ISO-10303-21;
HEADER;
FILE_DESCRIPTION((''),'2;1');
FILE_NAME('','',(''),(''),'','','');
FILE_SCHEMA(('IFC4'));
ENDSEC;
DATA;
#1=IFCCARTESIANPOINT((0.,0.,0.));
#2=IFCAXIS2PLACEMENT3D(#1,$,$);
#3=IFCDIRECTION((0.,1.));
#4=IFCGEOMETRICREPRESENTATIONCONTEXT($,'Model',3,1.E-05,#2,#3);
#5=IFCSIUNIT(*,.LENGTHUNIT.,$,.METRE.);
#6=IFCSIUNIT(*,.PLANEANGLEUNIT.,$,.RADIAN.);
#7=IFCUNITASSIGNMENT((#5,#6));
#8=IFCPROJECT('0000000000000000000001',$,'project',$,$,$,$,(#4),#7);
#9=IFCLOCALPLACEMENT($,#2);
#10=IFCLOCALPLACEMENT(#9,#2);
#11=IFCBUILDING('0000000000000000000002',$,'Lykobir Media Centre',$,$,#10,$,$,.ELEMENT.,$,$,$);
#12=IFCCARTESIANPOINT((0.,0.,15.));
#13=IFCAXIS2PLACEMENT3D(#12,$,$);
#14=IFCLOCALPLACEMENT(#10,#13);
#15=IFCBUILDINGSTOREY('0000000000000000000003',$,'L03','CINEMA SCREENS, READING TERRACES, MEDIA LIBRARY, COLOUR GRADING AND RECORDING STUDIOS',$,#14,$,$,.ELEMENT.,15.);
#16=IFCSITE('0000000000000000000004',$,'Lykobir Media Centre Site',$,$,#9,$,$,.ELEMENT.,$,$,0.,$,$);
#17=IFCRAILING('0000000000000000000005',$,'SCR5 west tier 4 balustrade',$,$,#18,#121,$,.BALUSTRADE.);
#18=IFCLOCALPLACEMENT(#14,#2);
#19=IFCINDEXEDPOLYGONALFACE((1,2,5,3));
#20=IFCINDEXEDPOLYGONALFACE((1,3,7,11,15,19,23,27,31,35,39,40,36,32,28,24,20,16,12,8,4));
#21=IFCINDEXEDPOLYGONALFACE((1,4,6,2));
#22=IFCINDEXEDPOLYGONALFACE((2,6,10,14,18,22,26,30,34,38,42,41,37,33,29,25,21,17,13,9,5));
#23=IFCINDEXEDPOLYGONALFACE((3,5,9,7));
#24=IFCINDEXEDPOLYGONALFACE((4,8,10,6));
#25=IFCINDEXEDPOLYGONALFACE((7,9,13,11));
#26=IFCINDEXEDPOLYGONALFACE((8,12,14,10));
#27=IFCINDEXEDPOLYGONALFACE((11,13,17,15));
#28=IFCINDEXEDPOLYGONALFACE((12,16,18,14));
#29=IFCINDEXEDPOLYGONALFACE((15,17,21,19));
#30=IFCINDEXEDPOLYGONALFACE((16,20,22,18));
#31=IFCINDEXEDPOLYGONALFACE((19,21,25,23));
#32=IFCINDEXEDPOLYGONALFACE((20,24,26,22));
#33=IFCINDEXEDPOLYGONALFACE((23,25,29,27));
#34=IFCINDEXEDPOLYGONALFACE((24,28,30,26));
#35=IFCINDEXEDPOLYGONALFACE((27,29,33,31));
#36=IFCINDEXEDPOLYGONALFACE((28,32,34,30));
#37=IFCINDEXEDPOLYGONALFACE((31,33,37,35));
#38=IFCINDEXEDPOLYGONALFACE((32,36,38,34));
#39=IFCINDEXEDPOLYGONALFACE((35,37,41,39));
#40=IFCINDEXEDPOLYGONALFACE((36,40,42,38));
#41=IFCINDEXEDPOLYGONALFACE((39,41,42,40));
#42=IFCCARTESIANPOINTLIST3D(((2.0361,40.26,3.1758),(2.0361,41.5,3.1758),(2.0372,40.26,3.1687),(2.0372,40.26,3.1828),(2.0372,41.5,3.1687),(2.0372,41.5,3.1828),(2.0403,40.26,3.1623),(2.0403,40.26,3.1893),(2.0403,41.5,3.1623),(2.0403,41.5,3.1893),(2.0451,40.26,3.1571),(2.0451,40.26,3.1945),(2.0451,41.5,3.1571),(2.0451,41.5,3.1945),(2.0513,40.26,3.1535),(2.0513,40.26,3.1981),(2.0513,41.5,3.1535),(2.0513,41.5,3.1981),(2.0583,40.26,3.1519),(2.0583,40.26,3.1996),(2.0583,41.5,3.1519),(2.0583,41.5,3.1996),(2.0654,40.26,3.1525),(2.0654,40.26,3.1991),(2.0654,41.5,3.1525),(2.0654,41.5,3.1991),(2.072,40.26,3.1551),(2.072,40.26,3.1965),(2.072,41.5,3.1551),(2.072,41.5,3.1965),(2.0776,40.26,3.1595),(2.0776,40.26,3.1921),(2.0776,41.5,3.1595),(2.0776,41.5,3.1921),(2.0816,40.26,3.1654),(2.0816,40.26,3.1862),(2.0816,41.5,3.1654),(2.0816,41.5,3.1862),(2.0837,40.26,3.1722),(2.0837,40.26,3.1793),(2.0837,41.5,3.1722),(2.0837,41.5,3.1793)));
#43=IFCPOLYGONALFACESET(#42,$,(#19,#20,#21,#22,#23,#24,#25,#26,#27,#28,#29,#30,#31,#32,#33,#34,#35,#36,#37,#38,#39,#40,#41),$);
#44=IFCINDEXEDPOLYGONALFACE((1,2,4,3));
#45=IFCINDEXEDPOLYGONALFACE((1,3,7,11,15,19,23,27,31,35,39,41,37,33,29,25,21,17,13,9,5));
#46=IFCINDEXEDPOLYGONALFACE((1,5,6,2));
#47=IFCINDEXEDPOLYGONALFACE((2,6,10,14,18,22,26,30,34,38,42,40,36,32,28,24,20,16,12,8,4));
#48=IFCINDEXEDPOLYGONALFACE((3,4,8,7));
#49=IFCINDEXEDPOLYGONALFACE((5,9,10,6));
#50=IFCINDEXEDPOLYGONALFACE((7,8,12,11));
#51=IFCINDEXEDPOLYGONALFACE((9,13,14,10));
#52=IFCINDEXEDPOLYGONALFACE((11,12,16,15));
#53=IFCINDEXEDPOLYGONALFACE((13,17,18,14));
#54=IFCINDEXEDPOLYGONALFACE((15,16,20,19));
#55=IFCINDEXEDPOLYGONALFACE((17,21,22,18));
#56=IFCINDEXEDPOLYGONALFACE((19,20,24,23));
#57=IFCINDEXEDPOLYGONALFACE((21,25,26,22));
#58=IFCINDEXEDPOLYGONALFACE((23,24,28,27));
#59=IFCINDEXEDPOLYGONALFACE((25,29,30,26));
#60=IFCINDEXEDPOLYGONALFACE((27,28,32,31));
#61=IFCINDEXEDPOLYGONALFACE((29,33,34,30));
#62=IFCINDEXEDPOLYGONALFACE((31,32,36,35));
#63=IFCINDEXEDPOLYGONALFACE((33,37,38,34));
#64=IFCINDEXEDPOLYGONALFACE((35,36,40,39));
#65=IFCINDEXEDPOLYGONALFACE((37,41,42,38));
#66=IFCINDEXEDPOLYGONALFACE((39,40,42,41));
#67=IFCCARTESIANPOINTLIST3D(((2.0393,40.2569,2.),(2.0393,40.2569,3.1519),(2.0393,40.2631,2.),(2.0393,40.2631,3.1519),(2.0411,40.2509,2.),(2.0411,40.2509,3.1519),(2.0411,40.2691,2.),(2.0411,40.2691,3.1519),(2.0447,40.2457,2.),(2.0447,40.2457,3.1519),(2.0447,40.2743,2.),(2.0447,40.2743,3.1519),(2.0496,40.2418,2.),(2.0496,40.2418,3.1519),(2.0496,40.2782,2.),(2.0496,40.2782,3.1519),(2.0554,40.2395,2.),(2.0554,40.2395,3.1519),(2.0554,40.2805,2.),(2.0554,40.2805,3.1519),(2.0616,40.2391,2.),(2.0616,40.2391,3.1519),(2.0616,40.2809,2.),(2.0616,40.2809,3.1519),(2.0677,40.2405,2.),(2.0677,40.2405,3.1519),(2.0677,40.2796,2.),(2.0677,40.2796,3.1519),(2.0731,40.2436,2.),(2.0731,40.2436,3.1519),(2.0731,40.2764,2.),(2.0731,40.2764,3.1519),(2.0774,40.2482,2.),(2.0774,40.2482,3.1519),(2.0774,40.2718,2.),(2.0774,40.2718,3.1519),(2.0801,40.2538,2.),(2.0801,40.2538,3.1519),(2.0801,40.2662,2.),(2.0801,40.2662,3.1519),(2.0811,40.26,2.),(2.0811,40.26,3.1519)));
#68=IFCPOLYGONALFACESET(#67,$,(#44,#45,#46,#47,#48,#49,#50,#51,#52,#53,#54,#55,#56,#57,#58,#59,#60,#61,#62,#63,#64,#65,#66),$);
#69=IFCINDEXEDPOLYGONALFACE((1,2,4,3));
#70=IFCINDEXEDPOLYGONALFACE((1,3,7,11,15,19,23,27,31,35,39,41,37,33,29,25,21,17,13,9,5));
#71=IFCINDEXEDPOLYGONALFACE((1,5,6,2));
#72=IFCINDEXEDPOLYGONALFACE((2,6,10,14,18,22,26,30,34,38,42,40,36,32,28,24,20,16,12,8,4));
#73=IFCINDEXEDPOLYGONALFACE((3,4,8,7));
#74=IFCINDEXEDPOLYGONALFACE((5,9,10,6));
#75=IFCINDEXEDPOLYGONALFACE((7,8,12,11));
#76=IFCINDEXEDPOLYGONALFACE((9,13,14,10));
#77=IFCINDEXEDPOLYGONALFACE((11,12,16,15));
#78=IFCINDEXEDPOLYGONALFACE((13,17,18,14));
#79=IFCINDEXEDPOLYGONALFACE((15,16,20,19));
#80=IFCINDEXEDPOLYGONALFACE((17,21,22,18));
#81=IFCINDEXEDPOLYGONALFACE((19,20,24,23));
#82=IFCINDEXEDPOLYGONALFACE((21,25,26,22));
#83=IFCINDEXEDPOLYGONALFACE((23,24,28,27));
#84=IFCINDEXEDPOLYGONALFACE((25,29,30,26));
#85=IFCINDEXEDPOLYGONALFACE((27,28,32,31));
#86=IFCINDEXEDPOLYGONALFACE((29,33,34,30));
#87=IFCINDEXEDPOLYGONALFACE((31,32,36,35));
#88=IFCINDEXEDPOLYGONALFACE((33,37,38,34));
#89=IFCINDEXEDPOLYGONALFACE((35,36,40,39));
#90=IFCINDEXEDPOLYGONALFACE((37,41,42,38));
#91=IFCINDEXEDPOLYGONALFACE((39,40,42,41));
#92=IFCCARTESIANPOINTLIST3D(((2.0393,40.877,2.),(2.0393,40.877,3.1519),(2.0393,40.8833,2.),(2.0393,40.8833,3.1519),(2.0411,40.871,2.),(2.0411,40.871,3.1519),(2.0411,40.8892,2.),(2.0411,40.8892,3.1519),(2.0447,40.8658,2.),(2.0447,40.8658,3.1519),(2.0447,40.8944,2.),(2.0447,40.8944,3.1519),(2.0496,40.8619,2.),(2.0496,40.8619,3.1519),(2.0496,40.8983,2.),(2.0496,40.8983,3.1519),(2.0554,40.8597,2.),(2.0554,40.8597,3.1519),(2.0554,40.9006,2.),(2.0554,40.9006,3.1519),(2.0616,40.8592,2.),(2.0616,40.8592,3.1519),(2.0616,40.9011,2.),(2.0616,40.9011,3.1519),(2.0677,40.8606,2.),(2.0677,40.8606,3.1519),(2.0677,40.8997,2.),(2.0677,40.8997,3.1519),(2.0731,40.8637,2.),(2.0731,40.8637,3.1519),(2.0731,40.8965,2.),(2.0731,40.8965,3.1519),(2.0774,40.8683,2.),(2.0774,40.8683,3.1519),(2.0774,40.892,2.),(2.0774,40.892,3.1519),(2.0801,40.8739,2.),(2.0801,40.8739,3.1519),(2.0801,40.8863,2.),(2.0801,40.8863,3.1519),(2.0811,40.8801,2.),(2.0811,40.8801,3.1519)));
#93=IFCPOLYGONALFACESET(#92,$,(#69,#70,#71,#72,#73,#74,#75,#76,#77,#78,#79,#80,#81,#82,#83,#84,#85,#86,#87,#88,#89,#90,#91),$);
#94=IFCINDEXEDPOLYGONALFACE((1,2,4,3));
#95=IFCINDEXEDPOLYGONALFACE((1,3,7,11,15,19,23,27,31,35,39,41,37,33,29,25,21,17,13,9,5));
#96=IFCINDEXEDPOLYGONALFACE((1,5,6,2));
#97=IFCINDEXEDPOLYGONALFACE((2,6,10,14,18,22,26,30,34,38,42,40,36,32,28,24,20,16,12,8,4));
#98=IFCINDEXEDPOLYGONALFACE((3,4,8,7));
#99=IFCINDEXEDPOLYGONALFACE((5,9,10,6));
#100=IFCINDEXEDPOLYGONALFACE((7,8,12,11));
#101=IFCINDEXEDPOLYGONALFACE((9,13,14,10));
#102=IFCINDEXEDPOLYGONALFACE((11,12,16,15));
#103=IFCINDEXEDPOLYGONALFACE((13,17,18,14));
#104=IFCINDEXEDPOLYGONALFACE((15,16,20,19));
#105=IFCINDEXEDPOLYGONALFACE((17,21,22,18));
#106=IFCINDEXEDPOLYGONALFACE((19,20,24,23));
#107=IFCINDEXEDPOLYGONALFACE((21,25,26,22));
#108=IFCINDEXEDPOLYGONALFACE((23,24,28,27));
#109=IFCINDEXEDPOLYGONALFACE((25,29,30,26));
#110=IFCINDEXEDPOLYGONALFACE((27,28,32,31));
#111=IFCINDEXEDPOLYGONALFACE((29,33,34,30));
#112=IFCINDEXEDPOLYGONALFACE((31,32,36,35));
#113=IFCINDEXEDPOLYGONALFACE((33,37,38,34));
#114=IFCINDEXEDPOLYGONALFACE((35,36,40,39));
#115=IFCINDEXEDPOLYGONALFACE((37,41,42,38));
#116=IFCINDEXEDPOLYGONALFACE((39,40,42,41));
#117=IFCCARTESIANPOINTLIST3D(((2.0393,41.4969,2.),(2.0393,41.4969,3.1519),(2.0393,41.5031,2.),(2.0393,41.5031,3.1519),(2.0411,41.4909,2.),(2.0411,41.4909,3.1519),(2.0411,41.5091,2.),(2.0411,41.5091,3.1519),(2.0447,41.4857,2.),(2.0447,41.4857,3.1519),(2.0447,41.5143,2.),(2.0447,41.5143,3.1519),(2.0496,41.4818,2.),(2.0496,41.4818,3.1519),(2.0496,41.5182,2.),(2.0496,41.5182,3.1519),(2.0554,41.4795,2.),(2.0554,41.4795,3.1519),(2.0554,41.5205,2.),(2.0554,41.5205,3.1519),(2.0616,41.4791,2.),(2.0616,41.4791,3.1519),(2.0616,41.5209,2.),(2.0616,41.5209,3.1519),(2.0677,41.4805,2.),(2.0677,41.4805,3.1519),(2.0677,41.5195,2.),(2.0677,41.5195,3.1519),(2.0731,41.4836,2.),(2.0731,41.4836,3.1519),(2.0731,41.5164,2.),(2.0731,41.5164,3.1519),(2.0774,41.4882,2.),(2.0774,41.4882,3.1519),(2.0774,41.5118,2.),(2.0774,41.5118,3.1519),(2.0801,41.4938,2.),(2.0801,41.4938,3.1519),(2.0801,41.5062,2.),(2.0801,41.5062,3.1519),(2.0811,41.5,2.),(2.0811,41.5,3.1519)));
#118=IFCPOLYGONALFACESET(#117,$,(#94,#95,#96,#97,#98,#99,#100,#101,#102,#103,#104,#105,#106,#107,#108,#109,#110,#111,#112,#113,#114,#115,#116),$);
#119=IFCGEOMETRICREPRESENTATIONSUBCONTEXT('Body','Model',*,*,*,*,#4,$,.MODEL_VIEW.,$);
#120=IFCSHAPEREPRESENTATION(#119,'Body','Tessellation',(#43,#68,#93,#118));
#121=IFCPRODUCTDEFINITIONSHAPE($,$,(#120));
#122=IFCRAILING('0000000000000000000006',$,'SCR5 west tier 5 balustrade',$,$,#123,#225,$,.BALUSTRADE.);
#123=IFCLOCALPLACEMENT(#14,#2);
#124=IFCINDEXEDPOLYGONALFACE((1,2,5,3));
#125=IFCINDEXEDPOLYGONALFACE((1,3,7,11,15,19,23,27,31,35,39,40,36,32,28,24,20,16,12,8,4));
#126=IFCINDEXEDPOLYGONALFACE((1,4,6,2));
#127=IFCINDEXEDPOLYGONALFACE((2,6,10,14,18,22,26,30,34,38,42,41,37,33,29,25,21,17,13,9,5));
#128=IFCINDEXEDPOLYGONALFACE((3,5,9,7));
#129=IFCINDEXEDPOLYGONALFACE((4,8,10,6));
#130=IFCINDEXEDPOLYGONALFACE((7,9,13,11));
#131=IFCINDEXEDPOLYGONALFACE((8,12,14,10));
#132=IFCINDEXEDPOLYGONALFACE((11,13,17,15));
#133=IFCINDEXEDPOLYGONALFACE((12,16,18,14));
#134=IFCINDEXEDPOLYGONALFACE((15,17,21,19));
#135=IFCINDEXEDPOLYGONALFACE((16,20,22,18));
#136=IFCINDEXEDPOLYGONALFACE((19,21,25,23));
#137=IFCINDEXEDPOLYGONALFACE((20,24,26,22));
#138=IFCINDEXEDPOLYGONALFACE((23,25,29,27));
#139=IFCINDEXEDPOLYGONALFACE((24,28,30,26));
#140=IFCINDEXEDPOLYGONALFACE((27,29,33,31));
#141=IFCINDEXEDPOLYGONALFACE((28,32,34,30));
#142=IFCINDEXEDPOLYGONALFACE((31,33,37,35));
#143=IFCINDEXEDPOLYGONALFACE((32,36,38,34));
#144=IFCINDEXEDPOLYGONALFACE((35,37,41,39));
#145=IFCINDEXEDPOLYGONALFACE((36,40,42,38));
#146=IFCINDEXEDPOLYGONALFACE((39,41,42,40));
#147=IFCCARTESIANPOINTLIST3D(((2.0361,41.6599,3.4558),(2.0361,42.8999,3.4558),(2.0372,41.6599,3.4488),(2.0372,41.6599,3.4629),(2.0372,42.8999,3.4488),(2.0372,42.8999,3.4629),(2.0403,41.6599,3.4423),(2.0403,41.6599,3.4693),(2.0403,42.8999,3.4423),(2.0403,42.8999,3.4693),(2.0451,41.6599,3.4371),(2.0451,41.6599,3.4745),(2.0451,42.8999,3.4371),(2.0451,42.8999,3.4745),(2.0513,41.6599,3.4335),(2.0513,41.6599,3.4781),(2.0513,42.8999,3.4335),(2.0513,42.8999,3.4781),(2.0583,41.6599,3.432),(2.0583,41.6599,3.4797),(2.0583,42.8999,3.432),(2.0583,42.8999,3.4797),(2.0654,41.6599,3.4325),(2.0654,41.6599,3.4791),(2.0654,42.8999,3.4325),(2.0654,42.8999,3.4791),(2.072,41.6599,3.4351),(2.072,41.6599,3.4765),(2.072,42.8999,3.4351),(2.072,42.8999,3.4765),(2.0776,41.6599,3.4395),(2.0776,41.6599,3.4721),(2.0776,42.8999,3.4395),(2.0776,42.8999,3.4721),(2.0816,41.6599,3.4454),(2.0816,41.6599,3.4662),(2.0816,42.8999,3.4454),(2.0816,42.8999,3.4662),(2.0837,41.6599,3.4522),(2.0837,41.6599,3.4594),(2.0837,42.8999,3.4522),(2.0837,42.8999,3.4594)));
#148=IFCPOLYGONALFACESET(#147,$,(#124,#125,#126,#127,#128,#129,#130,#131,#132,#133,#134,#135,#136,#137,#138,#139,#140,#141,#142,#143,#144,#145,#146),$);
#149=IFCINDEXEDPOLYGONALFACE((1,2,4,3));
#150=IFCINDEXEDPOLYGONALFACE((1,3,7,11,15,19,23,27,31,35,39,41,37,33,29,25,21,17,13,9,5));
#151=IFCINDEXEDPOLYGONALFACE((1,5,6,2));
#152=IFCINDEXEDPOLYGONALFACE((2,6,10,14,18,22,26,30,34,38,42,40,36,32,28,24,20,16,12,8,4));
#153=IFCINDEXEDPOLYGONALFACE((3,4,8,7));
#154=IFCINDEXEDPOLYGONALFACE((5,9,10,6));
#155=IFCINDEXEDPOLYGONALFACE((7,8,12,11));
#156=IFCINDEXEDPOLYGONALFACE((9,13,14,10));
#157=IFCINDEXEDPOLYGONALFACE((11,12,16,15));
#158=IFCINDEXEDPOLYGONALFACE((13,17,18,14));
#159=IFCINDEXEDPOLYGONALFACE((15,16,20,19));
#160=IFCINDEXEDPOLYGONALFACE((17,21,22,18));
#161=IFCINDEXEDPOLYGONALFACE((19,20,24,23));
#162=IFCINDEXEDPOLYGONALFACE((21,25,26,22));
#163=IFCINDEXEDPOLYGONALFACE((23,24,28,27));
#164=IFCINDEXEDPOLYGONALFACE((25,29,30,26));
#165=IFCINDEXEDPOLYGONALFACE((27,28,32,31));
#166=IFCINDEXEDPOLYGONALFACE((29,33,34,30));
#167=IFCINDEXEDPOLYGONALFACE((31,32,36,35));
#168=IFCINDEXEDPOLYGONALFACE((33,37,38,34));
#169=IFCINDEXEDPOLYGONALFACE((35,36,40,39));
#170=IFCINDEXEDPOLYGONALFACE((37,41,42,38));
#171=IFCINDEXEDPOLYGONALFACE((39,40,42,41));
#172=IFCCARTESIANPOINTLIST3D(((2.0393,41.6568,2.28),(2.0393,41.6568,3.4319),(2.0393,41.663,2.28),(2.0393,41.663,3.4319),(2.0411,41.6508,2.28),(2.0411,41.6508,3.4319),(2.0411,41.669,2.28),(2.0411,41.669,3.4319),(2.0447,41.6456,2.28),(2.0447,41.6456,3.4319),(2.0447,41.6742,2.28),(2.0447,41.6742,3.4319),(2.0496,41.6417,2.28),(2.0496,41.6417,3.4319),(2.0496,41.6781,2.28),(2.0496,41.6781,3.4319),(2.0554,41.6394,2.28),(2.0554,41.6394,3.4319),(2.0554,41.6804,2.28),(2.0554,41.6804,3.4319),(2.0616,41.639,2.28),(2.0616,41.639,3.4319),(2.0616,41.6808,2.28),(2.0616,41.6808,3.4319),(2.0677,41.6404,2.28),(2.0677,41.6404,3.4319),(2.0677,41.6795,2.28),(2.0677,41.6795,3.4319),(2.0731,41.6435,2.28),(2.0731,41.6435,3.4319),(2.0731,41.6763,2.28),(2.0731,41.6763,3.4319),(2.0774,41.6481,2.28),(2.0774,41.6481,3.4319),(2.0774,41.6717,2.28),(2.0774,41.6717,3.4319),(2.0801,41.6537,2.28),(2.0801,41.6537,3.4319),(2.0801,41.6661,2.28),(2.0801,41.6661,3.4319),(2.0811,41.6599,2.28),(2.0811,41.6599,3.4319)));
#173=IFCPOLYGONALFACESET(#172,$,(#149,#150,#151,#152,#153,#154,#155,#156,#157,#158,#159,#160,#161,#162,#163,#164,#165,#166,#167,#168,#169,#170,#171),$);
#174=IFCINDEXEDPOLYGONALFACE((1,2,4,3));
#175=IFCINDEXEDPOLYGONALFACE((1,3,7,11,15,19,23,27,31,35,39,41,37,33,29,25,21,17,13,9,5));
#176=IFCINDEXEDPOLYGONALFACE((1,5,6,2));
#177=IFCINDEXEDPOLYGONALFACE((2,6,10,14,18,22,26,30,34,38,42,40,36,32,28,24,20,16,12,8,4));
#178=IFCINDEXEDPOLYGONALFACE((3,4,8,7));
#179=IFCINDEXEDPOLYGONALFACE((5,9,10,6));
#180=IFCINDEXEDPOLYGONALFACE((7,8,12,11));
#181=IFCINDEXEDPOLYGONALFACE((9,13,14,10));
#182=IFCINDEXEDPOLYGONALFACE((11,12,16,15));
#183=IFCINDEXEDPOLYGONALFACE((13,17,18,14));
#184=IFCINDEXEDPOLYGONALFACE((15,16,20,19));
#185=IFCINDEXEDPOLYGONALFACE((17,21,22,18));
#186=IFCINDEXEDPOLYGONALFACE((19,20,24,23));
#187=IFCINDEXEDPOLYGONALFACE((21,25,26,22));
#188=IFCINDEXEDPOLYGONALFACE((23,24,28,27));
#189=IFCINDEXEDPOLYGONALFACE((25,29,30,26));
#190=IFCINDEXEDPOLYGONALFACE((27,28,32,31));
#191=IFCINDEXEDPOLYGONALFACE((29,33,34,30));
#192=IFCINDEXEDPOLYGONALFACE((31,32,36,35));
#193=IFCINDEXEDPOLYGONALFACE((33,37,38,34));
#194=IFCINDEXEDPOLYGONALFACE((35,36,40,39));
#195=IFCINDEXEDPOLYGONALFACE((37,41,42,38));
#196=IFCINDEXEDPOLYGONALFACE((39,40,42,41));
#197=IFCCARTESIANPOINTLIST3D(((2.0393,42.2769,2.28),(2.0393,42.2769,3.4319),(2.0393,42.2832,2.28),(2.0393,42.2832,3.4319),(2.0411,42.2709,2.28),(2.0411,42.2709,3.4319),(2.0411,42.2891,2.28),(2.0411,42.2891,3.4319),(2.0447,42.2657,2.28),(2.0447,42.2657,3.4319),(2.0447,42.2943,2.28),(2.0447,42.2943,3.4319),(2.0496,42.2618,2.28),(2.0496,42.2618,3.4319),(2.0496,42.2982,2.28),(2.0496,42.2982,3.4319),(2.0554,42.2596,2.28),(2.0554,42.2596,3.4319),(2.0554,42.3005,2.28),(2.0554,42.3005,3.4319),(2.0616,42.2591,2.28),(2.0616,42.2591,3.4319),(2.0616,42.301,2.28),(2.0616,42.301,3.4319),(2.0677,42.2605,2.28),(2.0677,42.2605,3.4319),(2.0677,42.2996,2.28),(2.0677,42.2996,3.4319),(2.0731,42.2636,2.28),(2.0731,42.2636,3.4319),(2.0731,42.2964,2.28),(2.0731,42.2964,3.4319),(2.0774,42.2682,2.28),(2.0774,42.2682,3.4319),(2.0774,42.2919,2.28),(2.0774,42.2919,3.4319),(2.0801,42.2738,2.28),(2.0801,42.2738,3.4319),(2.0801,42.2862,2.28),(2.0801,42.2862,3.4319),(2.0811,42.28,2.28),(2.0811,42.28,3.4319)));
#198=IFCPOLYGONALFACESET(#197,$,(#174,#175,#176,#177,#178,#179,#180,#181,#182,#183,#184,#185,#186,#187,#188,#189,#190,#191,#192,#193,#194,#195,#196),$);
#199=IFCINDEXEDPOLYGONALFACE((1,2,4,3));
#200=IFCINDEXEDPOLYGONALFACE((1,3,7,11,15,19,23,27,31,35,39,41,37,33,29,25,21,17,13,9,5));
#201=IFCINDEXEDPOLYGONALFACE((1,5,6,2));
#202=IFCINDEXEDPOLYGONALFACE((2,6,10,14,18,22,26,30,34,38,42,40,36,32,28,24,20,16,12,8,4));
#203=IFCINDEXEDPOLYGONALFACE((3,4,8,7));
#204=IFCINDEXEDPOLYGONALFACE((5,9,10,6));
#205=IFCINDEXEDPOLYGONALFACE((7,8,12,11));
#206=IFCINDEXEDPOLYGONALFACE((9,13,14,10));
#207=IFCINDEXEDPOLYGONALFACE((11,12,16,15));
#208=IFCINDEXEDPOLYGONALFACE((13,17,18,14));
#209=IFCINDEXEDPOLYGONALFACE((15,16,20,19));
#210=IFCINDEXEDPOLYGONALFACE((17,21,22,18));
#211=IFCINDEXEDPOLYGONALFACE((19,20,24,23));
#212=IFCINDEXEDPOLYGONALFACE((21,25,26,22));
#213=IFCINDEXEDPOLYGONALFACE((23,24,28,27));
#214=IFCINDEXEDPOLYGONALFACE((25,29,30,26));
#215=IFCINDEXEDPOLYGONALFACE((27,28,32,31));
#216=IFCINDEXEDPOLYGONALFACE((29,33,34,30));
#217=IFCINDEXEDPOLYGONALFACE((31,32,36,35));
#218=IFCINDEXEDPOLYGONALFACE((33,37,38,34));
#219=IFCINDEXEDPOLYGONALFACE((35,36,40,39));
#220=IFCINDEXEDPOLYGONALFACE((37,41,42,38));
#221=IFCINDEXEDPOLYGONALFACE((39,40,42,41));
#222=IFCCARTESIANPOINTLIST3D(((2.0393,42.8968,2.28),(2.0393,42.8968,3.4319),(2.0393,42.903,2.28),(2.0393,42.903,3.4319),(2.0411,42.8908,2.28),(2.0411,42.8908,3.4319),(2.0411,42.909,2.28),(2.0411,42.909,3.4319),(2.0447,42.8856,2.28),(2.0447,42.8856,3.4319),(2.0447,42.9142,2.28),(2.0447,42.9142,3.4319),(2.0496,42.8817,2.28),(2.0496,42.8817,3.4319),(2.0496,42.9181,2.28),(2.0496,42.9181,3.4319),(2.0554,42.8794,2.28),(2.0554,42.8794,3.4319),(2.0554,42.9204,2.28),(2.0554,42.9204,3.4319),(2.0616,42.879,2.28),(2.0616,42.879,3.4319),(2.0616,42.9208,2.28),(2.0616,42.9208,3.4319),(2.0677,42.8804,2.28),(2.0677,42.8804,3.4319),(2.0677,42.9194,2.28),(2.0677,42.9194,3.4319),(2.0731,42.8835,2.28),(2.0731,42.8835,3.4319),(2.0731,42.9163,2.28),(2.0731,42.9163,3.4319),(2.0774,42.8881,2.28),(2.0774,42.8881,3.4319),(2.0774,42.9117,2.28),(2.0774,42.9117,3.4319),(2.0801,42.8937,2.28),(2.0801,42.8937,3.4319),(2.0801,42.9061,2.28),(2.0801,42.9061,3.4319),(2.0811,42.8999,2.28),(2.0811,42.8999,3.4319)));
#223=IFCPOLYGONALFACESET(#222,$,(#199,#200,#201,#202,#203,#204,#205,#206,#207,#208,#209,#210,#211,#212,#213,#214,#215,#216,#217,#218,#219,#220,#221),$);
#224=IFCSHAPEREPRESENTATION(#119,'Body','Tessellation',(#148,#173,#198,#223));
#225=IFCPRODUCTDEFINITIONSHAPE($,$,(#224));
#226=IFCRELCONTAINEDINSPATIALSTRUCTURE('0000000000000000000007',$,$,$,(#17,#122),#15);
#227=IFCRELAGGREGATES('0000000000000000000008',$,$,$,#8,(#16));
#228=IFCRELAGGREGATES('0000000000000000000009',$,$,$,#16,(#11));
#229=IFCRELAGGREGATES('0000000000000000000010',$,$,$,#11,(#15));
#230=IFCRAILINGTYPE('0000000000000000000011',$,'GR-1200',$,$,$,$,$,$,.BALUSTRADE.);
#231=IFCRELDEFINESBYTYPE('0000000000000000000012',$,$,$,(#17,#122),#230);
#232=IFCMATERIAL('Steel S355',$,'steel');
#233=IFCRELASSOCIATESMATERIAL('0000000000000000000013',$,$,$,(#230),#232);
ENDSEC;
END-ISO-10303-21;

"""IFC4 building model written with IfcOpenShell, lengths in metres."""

from ifc_helpers import new_model, si_unit, direction, frame, origin, origin_2d, place, context, subcontext, project, spatial, circle, extrude, material, type_object, element, save


model = new_model("IFC4")

# Units and contexts
model_context = context("Model", 3, precision=1e-05, world=origin(), true_north=direction((0.0, 1.0)))
body_context = subcontext(model_context, "Body", "Model", "MODEL_VIEW")
ifc_project = project(units=[si_unit("LENGTHUNIT", "METRE"), si_unit("PLANEANGLEUNIT", "RADIAN")], contexts=[model_context])

# Site, building, storey
site_placement = place(None, origin())
site = spatial("IfcSite", under=ifc_project, at=site_placement, Name="Lykobir Media Centre Site", CompositionType="ELEMENT", RefElevation=0.0)
building_placement = place(site_placement, origin())
building = spatial("IfcBuilding", under=site, at=building_placement, Name="Lykobir Media Centre", CompositionType="ELEMENT")
storey_placement = place(building_placement, frame((0.0, 0.0, 15.0)))
storey = spatial("IfcBuildingStorey", under=building, at=storey_placement, Name="L03", Description="CINEMA SCREENS, READING TERRACES, MEDIA LIBRARY, COLOUR GRADING AND RECORDING STUDIOS", CompositionType="ELEMENT", Elevation=15.0)

# Shared definitions
ifc_material = material(Name="Steel S355", Category="steel")

# Railings
railing_type = type_object("IfcRailingType", Name="GR-1200", PredefinedType="BALUSTRADE", material=ifc_material)
for number, where, name in (
    (1, (2.0601, 40.26, 2.0), "SCR5 west tier 4 balustrade"),
    (2, (2.0601, 41.6599, 2.28), "SCR5 west tier 5 balustrade"),
):
    element("IfcRailing", number, at=place(storey_placement, frame(where)), inside=storey, type_object=railing_type, Name=name, PredefinedType="BALUSTRADE", context=body_context, shape_type="SweptSolid", body=[
        extrude(circle(Radius=0.0239, at=origin_2d()), frame((0.0, 0.0, 1.1758), z_axis=(0.0, 1.0, 0.0), x_axis=(-1.0, 0.0, 0.0)), (0.0, 0.0, 1.0), 1.24),
        extrude(circle(Radius=0.021, at=origin_2d()), origin(), (0.0, 0.0, 1.0), 1.1519),
        extrude(circle(Radius=0.021, at=origin_2d()), frame((0.0, 0.6201, 0.0)), (0.0, 0.0, 1.0), 1.1519),
        extrude(circle(Radius=0.021, at=origin_2d()), frame((0.0, 1.24, 0.0)), (0.0, 0.0, 1.0), 1.1519),
    ])

save(model, "model.ifc")
